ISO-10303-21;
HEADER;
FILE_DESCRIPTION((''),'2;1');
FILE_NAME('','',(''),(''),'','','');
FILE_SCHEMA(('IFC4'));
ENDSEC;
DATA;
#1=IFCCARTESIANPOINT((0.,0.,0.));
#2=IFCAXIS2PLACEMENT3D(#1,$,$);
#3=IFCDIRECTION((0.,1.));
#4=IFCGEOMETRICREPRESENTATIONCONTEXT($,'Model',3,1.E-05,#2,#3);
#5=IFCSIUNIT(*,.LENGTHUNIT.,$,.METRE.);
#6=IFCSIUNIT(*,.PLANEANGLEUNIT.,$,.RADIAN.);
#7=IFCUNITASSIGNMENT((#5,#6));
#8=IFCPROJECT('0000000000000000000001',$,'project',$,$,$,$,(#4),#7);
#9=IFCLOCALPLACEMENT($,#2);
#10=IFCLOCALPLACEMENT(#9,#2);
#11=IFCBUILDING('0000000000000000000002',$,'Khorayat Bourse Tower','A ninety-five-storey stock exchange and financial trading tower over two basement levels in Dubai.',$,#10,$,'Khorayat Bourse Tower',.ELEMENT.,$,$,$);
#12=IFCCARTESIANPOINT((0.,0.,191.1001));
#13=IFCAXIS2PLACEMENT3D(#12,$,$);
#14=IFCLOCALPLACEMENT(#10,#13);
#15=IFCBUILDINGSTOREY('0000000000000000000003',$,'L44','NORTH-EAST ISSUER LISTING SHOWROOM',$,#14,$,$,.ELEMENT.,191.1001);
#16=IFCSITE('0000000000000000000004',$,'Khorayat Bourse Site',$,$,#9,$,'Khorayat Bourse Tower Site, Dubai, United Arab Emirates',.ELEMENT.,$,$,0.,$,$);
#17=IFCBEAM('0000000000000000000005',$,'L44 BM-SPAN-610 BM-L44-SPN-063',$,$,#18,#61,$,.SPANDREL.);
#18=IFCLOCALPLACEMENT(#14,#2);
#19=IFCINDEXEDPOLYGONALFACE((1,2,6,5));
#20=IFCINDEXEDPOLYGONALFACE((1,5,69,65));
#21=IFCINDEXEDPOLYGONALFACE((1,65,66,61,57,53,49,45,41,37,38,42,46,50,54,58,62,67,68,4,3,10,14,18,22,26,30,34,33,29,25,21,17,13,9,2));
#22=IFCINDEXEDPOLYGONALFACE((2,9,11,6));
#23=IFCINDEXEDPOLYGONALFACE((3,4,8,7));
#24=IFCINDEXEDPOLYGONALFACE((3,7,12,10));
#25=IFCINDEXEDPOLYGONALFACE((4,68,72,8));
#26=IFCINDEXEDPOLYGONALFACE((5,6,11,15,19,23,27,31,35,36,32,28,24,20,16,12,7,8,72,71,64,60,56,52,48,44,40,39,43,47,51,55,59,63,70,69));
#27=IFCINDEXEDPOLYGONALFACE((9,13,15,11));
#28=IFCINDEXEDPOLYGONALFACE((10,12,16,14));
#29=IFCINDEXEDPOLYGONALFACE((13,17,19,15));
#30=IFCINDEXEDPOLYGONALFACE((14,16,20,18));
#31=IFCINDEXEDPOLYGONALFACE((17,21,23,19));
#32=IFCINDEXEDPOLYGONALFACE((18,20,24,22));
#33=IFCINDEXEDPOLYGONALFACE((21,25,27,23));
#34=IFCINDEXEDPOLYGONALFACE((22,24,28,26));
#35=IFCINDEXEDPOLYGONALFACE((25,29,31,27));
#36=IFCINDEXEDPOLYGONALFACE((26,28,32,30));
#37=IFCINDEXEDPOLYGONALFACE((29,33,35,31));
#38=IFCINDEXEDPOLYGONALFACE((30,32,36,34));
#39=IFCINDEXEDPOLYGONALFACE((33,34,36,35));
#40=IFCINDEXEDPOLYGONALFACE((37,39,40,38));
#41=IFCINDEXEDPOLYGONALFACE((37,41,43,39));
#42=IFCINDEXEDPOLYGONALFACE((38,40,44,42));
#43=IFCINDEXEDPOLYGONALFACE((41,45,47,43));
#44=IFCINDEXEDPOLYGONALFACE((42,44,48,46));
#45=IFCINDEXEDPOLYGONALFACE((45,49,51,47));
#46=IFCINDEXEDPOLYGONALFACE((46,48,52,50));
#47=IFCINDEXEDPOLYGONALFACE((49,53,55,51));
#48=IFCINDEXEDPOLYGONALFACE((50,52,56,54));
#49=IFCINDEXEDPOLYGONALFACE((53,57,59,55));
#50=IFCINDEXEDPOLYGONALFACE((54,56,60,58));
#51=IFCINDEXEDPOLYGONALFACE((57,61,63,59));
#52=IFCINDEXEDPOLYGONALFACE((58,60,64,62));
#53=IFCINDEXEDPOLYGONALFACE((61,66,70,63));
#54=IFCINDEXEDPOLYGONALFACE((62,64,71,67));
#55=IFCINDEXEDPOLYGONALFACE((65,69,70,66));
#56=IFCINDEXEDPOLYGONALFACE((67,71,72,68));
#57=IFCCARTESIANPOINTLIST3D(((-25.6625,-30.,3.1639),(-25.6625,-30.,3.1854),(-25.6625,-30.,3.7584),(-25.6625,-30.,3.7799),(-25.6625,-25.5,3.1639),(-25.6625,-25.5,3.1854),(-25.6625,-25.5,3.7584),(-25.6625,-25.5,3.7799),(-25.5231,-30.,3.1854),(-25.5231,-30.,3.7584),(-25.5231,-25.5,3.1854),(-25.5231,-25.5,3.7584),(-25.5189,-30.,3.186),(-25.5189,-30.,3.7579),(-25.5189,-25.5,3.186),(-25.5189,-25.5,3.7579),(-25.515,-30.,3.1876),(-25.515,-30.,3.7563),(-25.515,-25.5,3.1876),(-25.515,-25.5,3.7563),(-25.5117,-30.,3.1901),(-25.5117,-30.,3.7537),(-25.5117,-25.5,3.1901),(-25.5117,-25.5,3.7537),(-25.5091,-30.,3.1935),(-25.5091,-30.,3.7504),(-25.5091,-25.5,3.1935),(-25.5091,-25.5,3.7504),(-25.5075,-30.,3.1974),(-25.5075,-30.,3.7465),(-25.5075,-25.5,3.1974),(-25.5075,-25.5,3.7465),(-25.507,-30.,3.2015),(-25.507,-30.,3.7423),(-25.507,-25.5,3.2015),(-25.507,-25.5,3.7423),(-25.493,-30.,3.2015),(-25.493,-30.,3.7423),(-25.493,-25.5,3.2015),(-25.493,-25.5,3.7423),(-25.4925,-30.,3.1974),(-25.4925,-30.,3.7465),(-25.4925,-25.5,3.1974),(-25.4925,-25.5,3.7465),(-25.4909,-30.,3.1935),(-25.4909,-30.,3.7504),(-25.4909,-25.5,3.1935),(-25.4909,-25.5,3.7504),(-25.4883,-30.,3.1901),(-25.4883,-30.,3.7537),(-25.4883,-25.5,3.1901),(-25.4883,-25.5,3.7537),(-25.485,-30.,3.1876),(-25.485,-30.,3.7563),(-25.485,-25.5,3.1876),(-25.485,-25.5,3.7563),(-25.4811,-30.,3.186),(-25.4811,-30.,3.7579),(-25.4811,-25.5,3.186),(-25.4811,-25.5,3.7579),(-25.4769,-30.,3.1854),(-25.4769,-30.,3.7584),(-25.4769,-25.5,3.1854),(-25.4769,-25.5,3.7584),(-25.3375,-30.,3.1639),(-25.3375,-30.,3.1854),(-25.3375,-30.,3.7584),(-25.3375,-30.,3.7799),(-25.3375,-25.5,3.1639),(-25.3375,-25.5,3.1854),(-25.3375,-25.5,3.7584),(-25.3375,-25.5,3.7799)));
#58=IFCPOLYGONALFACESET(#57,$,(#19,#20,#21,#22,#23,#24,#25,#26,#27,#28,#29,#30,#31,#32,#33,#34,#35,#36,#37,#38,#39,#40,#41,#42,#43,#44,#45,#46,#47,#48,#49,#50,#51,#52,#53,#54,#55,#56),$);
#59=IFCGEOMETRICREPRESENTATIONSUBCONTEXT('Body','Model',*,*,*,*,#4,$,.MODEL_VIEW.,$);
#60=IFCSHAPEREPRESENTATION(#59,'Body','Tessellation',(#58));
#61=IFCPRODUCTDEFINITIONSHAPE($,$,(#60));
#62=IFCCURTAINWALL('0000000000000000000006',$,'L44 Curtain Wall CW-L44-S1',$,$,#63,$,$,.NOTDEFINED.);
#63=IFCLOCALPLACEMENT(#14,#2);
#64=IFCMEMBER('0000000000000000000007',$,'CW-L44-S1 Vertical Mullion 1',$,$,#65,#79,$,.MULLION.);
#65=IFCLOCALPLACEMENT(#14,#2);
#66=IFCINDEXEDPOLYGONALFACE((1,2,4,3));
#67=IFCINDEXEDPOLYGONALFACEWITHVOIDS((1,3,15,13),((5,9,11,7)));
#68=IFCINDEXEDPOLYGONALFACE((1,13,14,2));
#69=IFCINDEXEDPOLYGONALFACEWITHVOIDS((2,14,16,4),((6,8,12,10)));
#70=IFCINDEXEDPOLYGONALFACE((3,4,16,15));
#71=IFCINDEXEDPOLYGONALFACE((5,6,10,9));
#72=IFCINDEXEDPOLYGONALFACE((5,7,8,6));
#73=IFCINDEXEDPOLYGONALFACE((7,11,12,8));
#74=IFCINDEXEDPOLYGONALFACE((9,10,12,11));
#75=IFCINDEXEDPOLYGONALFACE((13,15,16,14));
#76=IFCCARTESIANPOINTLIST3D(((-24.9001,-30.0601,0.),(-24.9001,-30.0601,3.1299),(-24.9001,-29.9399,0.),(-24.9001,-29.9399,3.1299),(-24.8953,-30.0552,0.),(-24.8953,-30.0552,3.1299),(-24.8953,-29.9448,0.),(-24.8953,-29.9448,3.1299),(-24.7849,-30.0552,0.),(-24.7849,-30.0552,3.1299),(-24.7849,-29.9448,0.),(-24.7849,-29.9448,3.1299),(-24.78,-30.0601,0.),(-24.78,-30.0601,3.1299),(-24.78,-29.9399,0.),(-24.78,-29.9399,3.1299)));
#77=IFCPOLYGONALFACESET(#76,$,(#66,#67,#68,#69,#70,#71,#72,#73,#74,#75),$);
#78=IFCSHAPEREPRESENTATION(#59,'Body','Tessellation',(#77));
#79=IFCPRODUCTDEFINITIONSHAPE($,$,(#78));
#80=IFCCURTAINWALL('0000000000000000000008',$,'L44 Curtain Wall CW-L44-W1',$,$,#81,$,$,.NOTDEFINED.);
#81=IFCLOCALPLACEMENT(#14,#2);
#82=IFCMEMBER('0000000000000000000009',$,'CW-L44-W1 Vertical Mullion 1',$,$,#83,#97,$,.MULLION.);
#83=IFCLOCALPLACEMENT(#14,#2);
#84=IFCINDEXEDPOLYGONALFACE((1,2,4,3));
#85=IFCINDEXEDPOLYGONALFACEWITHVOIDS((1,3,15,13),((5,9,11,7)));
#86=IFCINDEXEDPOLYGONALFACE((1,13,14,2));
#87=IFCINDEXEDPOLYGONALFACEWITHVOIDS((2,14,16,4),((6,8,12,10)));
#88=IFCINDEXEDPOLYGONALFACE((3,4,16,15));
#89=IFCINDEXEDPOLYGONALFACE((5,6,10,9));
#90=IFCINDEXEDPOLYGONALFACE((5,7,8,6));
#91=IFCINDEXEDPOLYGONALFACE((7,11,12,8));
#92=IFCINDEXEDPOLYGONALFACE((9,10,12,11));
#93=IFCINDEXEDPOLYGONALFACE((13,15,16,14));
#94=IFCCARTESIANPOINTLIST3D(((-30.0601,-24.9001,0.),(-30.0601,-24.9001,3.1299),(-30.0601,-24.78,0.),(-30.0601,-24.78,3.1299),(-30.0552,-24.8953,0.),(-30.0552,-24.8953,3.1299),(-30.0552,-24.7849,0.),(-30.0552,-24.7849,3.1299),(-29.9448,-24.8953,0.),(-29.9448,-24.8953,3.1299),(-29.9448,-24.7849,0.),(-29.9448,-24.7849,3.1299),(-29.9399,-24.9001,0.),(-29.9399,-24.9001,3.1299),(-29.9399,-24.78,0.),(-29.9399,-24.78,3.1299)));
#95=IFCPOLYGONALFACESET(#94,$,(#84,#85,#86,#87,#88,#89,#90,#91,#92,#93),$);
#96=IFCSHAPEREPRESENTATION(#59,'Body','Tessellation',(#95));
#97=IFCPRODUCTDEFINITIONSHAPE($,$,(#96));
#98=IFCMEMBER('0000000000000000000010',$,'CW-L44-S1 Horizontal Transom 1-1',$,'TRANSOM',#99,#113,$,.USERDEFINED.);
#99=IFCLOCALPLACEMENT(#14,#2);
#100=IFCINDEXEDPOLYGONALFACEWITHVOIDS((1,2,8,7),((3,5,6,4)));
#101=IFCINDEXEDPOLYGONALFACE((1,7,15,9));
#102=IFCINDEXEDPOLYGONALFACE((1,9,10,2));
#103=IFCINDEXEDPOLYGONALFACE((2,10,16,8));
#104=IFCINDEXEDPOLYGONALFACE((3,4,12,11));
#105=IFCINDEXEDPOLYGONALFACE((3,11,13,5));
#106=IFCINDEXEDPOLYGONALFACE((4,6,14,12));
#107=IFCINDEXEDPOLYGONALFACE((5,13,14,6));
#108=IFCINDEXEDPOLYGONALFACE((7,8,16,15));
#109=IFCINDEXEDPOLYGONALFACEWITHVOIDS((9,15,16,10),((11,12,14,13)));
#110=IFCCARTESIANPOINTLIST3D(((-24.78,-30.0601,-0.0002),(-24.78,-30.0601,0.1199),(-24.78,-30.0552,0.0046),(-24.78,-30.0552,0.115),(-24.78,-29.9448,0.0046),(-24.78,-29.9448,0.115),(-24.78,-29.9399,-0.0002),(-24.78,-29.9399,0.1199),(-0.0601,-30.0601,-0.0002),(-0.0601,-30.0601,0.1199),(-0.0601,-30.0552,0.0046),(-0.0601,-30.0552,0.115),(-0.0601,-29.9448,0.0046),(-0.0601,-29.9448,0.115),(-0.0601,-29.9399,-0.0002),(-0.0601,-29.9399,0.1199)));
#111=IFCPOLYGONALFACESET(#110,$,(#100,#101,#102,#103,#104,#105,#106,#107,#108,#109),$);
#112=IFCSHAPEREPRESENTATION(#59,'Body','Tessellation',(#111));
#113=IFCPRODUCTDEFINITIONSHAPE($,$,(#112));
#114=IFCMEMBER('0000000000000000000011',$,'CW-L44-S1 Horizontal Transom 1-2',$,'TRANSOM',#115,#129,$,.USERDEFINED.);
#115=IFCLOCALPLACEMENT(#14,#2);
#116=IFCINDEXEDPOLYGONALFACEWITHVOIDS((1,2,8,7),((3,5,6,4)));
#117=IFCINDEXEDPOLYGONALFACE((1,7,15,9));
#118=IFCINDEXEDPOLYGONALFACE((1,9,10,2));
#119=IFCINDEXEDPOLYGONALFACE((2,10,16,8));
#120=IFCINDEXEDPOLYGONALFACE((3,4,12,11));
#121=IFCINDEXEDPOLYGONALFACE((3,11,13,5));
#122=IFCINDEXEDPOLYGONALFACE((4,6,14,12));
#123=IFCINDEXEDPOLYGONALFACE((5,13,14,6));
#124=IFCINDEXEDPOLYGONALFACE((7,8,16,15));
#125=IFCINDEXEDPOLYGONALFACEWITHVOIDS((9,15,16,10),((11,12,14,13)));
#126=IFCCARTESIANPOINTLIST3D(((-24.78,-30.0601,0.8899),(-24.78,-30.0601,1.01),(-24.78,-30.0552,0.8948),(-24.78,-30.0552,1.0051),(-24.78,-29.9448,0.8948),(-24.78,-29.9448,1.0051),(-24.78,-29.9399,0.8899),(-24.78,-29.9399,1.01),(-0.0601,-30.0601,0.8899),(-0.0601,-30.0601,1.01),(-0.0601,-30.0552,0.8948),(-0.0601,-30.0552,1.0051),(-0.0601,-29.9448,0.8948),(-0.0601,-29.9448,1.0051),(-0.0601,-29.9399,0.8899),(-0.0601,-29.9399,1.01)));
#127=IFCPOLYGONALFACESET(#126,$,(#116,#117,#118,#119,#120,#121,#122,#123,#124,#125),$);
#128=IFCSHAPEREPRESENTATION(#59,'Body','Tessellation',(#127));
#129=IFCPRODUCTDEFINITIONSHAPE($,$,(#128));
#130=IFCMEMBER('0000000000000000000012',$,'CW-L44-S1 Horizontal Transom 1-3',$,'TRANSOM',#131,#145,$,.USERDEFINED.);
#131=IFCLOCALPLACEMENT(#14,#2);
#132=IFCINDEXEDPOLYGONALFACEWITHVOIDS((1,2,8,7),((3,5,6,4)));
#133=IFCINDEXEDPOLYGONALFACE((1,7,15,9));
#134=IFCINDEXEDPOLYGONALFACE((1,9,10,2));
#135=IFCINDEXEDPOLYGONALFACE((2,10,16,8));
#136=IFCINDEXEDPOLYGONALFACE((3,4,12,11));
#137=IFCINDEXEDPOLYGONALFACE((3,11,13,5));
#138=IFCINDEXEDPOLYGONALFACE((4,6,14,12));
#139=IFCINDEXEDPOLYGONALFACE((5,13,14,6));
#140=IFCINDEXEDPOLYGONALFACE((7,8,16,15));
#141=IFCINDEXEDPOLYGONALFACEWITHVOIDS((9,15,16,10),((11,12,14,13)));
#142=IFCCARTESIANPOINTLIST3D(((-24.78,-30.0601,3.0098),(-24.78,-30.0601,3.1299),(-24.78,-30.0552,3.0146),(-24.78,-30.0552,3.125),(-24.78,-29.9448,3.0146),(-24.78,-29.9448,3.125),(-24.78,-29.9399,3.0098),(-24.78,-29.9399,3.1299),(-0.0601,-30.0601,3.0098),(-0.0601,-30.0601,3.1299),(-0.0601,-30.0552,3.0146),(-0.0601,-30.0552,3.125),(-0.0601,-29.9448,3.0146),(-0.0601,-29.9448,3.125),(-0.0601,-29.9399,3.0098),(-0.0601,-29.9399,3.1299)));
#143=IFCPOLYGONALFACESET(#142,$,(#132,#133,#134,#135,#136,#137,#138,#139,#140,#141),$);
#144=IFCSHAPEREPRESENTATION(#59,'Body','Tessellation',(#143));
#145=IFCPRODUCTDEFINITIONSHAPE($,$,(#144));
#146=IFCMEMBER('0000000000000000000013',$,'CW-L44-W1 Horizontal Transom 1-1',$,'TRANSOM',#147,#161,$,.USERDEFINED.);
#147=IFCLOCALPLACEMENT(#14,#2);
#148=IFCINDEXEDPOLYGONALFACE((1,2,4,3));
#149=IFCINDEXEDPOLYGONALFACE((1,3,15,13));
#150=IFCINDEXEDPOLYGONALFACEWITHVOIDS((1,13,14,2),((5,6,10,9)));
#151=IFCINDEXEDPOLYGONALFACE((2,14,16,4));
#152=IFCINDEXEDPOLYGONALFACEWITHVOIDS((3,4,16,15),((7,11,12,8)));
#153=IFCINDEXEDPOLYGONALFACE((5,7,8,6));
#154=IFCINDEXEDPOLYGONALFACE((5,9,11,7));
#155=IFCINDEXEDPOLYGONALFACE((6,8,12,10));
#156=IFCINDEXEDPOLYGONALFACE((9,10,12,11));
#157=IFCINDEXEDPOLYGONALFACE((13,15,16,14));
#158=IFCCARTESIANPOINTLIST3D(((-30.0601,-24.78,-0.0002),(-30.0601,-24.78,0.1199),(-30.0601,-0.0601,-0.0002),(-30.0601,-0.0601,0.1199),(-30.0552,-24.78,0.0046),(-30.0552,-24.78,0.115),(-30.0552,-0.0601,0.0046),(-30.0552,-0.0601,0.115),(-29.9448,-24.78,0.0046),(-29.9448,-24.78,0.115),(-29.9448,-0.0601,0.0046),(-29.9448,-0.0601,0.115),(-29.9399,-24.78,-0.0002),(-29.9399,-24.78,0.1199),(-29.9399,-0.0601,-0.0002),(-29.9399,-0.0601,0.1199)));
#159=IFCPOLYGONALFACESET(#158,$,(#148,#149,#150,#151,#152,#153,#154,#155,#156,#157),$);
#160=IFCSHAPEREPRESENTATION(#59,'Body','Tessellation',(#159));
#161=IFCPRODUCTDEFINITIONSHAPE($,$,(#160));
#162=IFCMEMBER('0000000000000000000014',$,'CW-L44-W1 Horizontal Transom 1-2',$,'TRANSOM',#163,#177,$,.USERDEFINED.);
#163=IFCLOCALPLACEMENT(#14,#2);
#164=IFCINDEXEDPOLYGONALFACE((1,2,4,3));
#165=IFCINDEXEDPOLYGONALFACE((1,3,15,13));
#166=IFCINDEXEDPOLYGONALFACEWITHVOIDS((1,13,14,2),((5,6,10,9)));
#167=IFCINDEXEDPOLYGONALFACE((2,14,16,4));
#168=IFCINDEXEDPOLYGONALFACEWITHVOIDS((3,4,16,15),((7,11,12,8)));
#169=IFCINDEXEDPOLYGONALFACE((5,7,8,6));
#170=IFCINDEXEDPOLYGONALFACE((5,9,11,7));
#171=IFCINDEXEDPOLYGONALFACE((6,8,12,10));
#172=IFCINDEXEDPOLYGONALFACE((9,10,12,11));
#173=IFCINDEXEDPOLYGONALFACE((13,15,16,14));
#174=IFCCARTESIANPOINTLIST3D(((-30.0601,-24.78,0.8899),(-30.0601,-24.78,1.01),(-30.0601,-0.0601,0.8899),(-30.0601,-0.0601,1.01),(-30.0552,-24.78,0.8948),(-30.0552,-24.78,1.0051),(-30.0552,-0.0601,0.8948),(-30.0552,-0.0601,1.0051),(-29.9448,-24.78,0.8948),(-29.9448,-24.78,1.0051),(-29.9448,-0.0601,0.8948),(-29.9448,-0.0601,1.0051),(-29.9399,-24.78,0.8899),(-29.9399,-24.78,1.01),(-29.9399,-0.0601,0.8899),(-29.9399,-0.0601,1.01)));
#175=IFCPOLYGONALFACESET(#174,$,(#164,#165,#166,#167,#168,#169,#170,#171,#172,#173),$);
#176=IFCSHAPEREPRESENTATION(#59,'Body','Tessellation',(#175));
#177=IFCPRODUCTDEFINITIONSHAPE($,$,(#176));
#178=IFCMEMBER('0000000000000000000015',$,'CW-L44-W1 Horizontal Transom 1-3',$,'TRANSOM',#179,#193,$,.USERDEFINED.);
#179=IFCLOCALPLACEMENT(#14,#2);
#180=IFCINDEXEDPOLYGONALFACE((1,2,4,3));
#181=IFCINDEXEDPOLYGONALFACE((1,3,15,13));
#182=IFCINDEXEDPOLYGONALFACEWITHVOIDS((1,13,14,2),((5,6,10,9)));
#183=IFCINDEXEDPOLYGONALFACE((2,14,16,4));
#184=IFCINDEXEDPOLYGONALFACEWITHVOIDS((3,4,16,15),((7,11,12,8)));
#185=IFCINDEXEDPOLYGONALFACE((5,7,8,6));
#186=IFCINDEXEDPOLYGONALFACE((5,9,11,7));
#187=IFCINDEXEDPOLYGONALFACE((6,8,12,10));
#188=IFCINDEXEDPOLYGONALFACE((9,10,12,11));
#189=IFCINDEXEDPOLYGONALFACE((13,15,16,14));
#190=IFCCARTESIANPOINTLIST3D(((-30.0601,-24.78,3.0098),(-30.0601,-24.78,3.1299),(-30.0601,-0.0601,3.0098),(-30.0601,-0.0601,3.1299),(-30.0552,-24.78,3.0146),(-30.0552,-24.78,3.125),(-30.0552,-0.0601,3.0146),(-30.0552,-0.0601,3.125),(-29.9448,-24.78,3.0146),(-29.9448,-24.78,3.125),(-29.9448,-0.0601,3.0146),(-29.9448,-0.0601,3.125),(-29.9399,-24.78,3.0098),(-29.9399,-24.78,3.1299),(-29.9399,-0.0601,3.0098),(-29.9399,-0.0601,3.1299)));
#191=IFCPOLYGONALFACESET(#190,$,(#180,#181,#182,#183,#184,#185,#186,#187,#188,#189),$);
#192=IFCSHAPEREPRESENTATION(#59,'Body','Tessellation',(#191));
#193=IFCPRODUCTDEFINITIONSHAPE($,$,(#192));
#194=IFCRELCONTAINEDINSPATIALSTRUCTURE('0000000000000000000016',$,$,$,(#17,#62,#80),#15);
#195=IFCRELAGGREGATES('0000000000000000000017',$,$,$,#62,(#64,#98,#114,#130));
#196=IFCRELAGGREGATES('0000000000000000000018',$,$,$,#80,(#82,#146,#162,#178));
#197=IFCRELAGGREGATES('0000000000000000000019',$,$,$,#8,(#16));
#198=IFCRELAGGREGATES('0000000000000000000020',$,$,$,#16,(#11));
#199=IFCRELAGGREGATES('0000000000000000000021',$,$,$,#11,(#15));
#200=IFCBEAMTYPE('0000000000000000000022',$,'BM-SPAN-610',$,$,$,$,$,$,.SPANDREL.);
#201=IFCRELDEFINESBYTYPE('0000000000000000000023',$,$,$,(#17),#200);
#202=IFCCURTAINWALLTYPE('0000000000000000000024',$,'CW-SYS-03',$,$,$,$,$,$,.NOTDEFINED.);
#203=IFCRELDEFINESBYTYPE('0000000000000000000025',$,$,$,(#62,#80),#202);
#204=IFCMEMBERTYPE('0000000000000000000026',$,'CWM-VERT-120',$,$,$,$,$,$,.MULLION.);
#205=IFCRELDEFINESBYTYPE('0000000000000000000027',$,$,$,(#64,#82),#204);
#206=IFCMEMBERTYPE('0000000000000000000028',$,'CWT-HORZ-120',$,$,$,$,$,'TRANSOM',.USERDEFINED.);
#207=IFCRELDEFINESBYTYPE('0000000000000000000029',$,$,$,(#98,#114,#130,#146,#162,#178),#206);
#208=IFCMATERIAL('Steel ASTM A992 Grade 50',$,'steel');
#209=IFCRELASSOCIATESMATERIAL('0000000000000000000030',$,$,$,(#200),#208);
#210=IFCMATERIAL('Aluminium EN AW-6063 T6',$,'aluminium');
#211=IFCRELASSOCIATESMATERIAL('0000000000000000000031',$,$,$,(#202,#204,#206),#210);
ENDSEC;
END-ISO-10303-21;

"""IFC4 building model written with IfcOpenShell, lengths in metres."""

from ifc_helpers import new_model, si_unit, direction, frame, origin, origin_2d, place, context, subcontext, project, spatial, hollow_rectangle, i_section, extrude, source, transform, mapped, material, material_profile, profile_set, type_object, element, aggregate, save


model = new_model("IFC4")

# Units and contexts
model_context = context("Model", 3, precision=1e-05, world=origin(), true_north=direction((0.0, 1.0)))
body_context = subcontext(model_context, "Body", "Model", "MODEL_VIEW")
ifc_project = project(units=[si_unit("LENGTHUNIT", "METRE"), si_unit("PLANEANGLEUNIT", "RADIAN")], contexts=[model_context])

# Site, building, storey
site_placement = place(None, origin())
site = spatial("IfcSite", under=ifc_project, at=site_placement, Name="Khorayat Bourse Site", LongName="Khorayat Bourse Tower Site, Dubai, United Arab Emirates", CompositionType="ELEMENT", RefElevation=0.0)
building_placement = place(site_placement, origin())
building = spatial("IfcBuilding", under=site, at=building_placement, Name="Khorayat Bourse Tower", Description="A ninety-five-storey stock exchange and financial trading tower over two basement levels in Dubai.", LongName="Khorayat Bourse Tower", CompositionType="ELEMENT")
storey_placement = place(building_placement, frame((0.0, 0.0, 191.1001)))
storey = spatial("IfcBuildingStorey", under=building, at=storey_placement, Name="L44", Description="NORTH-EAST ISSUER LISTING SHOWROOM", CompositionType="ELEMENT", Elevation=191.1001)

# Beam
ifc_material_1 = material(Name="Steel ASTM A992 Grade 50", Category="steel")
ifc_material_profile_1 = material_profile(ifc_material_1, i_section(OverallWidth=0.325, OverallDepth=0.616, WebThickness=0.0139, FlangeThickness=0.0215, FilletRadius=0.0161, at=origin_2d()), Name="W610X174")
ifc_profile_set_1 = profile_set([ifc_material_profile_1], Name="Steel ASTM A992 Grade 50")
beam_type_1 = type_object("IfcBeamType", Name="BM-SPAN-610", PredefinedType="SPANDREL", material=ifc_profile_set_1)
shared_shape_1 = source(origin(), body_context, "Body", "SweptSolid", [
    extrude(i_section(OverallWidth=0.325, OverallDepth=0.616, WebThickness=0.0139, FlangeThickness=0.0215, FilletRadius=0.0161, at=origin_2d()), origin(), (0.0, 0.0, 1.0), 4.5),
])
for number, where, z_axis, x_axis, name in (
    (1, (-25.5, -30.0, 3.4719), (0.0, 1.0, 0.0), (-1.0, 0.0, 0.0), "L44 BM-SPAN-610 BM-L44-SPN-063"),
):
    element("IfcBeam", number, at=place(storey_placement, frame(where, z_axis=z_axis, x_axis=x_axis)), inside=storey, type_object=beam_type_1, Name=name, PredefinedType="SPANDREL", context=body_context, shape_type="MappedRepresentation", body=[
        mapped(shared_shape_1, transform((0.0, 0.0, 0.0), scale=1.0)),
    ])

# Curtain walls, members
ifc_material_2 = material(Name="Aluminium EN AW-6063 T6", Category="aluminium")
curtain_wall_type = type_object("IfcCurtainWallType", Name="CW-SYS-03", PredefinedType="NOTDEFINED", material=ifc_material_2)
curtain_wall_1_placement = place(storey_placement, origin())
curtain_wall_1 = element("IfcCurtainWall", 2, at=curtain_wall_1_placement, inside=storey, type_object=curtain_wall_type, Name="L44 Curtain Wall CW-L44-S1", PredefinedType="NOTDEFINED")
ifc_material_profile_2 = material_profile(ifc_material_2, hollow_rectangle(XDim=0.1201, YDim=0.1201, WallThickness=0.0049, at=origin_2d()), Name="ALU 120x120x5")
ifc_profile_set_2 = profile_set([ifc_material_profile_2], Name="Aluminium EN AW-6063 T6")
member_type_1 = type_object("IfcMemberType", Name="CWM-VERT-120", PredefinedType="MULLION", material=ifc_profile_set_2)
shared_shape_2 = source(origin(), body_context, "Body", "SweptSolid", [
    extrude(hollow_rectangle(XDim=0.1201, YDim=0.1201, WallThickness=0.0049, at=origin_2d()), origin(), (0.0, 0.0, 1.0), 3.1299),
])
member_1_placement = place(storey_placement, frame((-24.8401, -30.0, 0.0), z_axis=(0.0, 0.0, 1.0), x_axis=(0.0, 1.0, 0.0)))
member_1 = element("IfcMember", 3, at=member_1_placement, type_object=member_type_1, Name="CW-L44-S1 Vertical Mullion 1", PredefinedType="MULLION", context=body_context, shape_type="MappedRepresentation", body=[
    mapped(shared_shape_2, transform((0.0, 0.0, 0.0), scale=1.0)),
])
curtain_wall_2_placement = place(storey_placement, origin())
curtain_wall_2 = element("IfcCurtainWall", 4, at=curtain_wall_2_placement, inside=storey, type_object=curtain_wall_type, Name="L44 Curtain Wall CW-L44-W1", PredefinedType="NOTDEFINED")
member_2_placement = place(storey_placement, frame((-30.0, -24.8401, 0.0), z_axis=(0.0, 0.0, 1.0), x_axis=(-1.0, 0.0, 0.0)))
member_2 = element("IfcMember", 5, at=member_2_placement, type_object=member_type_1, Name="CW-L44-W1 Vertical Mullion 1", PredefinedType="MULLION", context=body_context, shape_type="MappedRepresentation", body=[
    mapped(shared_shape_2, transform((0.0, 0.0, 0.0), scale=1.0)),
])

# Members
ifc_material_profile_3 = material_profile(ifc_material_2, hollow_rectangle(XDim=0.1201, YDim=0.1201, WallThickness=0.0049, at=origin_2d()), Name="ALU 120x120x5")
ifc_profile_set_3 = profile_set([ifc_material_profile_3], Name="Aluminium EN AW-6063 T6")
member_type_2 = type_object("IfcMemberType", Name="CWT-HORZ-120", ElementType="TRANSOM", PredefinedType="USERDEFINED", material=ifc_profile_set_3)
shared_shape_3 = source(origin(), body_context, "Body", "SweptSolid", [
    extrude(hollow_rectangle(XDim=0.1201, YDim=0.1201, WallThickness=0.0049, at=origin_2d()), origin(), (0.0, 0.0, 1.0), 24.72),
])
member_3_placement = place(storey_placement, frame((-24.78, -30.0, 0.0598), z_axis=(1.0, 0.0, 0.0), x_axis=(0.0, 1.0, 0.0)))
member_3 = element("IfcMember", 6, at=member_3_placement, type_object=member_type_2, Name="CW-L44-S1 Horizontal Transom 1-1", ObjectType="TRANSOM", PredefinedType="USERDEFINED", context=body_context, shape_type="MappedRepresentation", body=[
    mapped(shared_shape_3, transform((0.0, 0.0, 0.0), scale=1.0)),
])
member_4_placement = place(storey_placement, frame((-24.78, -30.0, 0.95), z_axis=(1.0, 0.0, 0.0), x_axis=(0.0, 1.0, 0.0)))
member_4 = element("IfcMember", 7, at=member_4_placement, type_object=member_type_2, Name="CW-L44-S1 Horizontal Transom 1-2", ObjectType="TRANSOM", PredefinedType="USERDEFINED", context=body_context, shape_type="MappedRepresentation", body=[
    mapped(shared_shape_3, transform((0.0, 0.0, 0.0), scale=1.0)),
])
member_5_placement = place(storey_placement, frame((-24.78, -30.0, 3.0698), z_axis=(1.0, 0.0, 0.0), x_axis=(0.0, 1.0, 0.0)))
member_5 = element("IfcMember", 8, at=member_5_placement, type_object=member_type_2, Name="CW-L44-S1 Horizontal Transom 1-3", ObjectType="TRANSOM", PredefinedType="USERDEFINED", context=body_context, shape_type="MappedRepresentation", body=[
    mapped(shared_shape_3, transform((0.0, 0.0, 0.0), scale=1.0)),
])
aggregate(curtain_wall_1, [member_1, member_3, member_4, member_5])
member_6_placement = place(storey_placement, frame((-30.0, -24.78, 0.0598), z_axis=(0.0, 1.0, 0.0), x_axis=(-1.0, 0.0, 0.0)))
member_6 = element("IfcMember", 9, at=member_6_placement, type_object=member_type_2, Name="CW-L44-W1 Horizontal Transom 1-1", ObjectType="TRANSOM", PredefinedType="USERDEFINED", context=body_context, shape_type="MappedRepresentation", body=[
    mapped(shared_shape_3, transform((0.0, 0.0, 0.0), scale=1.0)),
])
member_7_placement = place(storey_placement, frame((-30.0, -24.78, 0.95), z_axis=(0.0, 1.0, 0.0), x_axis=(-1.0, 0.0, 0.0)))
member_7 = element("IfcMember", 10, at=member_7_placement, type_object=member_type_2, Name="CW-L44-W1 Horizontal Transom 1-2", ObjectType="TRANSOM", PredefinedType="USERDEFINED", context=body_context, shape_type="MappedRepresentation", body=[
    mapped(shared_shape_3, transform((0.0, 0.0, 0.0), scale=1.0)),
])
member_8_placement = place(storey_placement, frame((-30.0, -24.78, 3.0698), z_axis=(0.0, 1.0, 0.0), x_axis=(-1.0, 0.0, 0.0)))
member_8 = element("IfcMember", 11, at=member_8_placement, type_object=member_type_2, Name="CW-L44-W1 Horizontal Transom 1-3", ObjectType="TRANSOM", PredefinedType="USERDEFINED", context=body_context, shape_type="MappedRepresentation", body=[
    mapped(shared_shape_3, transform((0.0, 0.0, 0.0), scale=1.0)),
])
aggregate(curtain_wall_2, [member_2, member_6, member_7, member_8])

save(model, "model.ifc")
